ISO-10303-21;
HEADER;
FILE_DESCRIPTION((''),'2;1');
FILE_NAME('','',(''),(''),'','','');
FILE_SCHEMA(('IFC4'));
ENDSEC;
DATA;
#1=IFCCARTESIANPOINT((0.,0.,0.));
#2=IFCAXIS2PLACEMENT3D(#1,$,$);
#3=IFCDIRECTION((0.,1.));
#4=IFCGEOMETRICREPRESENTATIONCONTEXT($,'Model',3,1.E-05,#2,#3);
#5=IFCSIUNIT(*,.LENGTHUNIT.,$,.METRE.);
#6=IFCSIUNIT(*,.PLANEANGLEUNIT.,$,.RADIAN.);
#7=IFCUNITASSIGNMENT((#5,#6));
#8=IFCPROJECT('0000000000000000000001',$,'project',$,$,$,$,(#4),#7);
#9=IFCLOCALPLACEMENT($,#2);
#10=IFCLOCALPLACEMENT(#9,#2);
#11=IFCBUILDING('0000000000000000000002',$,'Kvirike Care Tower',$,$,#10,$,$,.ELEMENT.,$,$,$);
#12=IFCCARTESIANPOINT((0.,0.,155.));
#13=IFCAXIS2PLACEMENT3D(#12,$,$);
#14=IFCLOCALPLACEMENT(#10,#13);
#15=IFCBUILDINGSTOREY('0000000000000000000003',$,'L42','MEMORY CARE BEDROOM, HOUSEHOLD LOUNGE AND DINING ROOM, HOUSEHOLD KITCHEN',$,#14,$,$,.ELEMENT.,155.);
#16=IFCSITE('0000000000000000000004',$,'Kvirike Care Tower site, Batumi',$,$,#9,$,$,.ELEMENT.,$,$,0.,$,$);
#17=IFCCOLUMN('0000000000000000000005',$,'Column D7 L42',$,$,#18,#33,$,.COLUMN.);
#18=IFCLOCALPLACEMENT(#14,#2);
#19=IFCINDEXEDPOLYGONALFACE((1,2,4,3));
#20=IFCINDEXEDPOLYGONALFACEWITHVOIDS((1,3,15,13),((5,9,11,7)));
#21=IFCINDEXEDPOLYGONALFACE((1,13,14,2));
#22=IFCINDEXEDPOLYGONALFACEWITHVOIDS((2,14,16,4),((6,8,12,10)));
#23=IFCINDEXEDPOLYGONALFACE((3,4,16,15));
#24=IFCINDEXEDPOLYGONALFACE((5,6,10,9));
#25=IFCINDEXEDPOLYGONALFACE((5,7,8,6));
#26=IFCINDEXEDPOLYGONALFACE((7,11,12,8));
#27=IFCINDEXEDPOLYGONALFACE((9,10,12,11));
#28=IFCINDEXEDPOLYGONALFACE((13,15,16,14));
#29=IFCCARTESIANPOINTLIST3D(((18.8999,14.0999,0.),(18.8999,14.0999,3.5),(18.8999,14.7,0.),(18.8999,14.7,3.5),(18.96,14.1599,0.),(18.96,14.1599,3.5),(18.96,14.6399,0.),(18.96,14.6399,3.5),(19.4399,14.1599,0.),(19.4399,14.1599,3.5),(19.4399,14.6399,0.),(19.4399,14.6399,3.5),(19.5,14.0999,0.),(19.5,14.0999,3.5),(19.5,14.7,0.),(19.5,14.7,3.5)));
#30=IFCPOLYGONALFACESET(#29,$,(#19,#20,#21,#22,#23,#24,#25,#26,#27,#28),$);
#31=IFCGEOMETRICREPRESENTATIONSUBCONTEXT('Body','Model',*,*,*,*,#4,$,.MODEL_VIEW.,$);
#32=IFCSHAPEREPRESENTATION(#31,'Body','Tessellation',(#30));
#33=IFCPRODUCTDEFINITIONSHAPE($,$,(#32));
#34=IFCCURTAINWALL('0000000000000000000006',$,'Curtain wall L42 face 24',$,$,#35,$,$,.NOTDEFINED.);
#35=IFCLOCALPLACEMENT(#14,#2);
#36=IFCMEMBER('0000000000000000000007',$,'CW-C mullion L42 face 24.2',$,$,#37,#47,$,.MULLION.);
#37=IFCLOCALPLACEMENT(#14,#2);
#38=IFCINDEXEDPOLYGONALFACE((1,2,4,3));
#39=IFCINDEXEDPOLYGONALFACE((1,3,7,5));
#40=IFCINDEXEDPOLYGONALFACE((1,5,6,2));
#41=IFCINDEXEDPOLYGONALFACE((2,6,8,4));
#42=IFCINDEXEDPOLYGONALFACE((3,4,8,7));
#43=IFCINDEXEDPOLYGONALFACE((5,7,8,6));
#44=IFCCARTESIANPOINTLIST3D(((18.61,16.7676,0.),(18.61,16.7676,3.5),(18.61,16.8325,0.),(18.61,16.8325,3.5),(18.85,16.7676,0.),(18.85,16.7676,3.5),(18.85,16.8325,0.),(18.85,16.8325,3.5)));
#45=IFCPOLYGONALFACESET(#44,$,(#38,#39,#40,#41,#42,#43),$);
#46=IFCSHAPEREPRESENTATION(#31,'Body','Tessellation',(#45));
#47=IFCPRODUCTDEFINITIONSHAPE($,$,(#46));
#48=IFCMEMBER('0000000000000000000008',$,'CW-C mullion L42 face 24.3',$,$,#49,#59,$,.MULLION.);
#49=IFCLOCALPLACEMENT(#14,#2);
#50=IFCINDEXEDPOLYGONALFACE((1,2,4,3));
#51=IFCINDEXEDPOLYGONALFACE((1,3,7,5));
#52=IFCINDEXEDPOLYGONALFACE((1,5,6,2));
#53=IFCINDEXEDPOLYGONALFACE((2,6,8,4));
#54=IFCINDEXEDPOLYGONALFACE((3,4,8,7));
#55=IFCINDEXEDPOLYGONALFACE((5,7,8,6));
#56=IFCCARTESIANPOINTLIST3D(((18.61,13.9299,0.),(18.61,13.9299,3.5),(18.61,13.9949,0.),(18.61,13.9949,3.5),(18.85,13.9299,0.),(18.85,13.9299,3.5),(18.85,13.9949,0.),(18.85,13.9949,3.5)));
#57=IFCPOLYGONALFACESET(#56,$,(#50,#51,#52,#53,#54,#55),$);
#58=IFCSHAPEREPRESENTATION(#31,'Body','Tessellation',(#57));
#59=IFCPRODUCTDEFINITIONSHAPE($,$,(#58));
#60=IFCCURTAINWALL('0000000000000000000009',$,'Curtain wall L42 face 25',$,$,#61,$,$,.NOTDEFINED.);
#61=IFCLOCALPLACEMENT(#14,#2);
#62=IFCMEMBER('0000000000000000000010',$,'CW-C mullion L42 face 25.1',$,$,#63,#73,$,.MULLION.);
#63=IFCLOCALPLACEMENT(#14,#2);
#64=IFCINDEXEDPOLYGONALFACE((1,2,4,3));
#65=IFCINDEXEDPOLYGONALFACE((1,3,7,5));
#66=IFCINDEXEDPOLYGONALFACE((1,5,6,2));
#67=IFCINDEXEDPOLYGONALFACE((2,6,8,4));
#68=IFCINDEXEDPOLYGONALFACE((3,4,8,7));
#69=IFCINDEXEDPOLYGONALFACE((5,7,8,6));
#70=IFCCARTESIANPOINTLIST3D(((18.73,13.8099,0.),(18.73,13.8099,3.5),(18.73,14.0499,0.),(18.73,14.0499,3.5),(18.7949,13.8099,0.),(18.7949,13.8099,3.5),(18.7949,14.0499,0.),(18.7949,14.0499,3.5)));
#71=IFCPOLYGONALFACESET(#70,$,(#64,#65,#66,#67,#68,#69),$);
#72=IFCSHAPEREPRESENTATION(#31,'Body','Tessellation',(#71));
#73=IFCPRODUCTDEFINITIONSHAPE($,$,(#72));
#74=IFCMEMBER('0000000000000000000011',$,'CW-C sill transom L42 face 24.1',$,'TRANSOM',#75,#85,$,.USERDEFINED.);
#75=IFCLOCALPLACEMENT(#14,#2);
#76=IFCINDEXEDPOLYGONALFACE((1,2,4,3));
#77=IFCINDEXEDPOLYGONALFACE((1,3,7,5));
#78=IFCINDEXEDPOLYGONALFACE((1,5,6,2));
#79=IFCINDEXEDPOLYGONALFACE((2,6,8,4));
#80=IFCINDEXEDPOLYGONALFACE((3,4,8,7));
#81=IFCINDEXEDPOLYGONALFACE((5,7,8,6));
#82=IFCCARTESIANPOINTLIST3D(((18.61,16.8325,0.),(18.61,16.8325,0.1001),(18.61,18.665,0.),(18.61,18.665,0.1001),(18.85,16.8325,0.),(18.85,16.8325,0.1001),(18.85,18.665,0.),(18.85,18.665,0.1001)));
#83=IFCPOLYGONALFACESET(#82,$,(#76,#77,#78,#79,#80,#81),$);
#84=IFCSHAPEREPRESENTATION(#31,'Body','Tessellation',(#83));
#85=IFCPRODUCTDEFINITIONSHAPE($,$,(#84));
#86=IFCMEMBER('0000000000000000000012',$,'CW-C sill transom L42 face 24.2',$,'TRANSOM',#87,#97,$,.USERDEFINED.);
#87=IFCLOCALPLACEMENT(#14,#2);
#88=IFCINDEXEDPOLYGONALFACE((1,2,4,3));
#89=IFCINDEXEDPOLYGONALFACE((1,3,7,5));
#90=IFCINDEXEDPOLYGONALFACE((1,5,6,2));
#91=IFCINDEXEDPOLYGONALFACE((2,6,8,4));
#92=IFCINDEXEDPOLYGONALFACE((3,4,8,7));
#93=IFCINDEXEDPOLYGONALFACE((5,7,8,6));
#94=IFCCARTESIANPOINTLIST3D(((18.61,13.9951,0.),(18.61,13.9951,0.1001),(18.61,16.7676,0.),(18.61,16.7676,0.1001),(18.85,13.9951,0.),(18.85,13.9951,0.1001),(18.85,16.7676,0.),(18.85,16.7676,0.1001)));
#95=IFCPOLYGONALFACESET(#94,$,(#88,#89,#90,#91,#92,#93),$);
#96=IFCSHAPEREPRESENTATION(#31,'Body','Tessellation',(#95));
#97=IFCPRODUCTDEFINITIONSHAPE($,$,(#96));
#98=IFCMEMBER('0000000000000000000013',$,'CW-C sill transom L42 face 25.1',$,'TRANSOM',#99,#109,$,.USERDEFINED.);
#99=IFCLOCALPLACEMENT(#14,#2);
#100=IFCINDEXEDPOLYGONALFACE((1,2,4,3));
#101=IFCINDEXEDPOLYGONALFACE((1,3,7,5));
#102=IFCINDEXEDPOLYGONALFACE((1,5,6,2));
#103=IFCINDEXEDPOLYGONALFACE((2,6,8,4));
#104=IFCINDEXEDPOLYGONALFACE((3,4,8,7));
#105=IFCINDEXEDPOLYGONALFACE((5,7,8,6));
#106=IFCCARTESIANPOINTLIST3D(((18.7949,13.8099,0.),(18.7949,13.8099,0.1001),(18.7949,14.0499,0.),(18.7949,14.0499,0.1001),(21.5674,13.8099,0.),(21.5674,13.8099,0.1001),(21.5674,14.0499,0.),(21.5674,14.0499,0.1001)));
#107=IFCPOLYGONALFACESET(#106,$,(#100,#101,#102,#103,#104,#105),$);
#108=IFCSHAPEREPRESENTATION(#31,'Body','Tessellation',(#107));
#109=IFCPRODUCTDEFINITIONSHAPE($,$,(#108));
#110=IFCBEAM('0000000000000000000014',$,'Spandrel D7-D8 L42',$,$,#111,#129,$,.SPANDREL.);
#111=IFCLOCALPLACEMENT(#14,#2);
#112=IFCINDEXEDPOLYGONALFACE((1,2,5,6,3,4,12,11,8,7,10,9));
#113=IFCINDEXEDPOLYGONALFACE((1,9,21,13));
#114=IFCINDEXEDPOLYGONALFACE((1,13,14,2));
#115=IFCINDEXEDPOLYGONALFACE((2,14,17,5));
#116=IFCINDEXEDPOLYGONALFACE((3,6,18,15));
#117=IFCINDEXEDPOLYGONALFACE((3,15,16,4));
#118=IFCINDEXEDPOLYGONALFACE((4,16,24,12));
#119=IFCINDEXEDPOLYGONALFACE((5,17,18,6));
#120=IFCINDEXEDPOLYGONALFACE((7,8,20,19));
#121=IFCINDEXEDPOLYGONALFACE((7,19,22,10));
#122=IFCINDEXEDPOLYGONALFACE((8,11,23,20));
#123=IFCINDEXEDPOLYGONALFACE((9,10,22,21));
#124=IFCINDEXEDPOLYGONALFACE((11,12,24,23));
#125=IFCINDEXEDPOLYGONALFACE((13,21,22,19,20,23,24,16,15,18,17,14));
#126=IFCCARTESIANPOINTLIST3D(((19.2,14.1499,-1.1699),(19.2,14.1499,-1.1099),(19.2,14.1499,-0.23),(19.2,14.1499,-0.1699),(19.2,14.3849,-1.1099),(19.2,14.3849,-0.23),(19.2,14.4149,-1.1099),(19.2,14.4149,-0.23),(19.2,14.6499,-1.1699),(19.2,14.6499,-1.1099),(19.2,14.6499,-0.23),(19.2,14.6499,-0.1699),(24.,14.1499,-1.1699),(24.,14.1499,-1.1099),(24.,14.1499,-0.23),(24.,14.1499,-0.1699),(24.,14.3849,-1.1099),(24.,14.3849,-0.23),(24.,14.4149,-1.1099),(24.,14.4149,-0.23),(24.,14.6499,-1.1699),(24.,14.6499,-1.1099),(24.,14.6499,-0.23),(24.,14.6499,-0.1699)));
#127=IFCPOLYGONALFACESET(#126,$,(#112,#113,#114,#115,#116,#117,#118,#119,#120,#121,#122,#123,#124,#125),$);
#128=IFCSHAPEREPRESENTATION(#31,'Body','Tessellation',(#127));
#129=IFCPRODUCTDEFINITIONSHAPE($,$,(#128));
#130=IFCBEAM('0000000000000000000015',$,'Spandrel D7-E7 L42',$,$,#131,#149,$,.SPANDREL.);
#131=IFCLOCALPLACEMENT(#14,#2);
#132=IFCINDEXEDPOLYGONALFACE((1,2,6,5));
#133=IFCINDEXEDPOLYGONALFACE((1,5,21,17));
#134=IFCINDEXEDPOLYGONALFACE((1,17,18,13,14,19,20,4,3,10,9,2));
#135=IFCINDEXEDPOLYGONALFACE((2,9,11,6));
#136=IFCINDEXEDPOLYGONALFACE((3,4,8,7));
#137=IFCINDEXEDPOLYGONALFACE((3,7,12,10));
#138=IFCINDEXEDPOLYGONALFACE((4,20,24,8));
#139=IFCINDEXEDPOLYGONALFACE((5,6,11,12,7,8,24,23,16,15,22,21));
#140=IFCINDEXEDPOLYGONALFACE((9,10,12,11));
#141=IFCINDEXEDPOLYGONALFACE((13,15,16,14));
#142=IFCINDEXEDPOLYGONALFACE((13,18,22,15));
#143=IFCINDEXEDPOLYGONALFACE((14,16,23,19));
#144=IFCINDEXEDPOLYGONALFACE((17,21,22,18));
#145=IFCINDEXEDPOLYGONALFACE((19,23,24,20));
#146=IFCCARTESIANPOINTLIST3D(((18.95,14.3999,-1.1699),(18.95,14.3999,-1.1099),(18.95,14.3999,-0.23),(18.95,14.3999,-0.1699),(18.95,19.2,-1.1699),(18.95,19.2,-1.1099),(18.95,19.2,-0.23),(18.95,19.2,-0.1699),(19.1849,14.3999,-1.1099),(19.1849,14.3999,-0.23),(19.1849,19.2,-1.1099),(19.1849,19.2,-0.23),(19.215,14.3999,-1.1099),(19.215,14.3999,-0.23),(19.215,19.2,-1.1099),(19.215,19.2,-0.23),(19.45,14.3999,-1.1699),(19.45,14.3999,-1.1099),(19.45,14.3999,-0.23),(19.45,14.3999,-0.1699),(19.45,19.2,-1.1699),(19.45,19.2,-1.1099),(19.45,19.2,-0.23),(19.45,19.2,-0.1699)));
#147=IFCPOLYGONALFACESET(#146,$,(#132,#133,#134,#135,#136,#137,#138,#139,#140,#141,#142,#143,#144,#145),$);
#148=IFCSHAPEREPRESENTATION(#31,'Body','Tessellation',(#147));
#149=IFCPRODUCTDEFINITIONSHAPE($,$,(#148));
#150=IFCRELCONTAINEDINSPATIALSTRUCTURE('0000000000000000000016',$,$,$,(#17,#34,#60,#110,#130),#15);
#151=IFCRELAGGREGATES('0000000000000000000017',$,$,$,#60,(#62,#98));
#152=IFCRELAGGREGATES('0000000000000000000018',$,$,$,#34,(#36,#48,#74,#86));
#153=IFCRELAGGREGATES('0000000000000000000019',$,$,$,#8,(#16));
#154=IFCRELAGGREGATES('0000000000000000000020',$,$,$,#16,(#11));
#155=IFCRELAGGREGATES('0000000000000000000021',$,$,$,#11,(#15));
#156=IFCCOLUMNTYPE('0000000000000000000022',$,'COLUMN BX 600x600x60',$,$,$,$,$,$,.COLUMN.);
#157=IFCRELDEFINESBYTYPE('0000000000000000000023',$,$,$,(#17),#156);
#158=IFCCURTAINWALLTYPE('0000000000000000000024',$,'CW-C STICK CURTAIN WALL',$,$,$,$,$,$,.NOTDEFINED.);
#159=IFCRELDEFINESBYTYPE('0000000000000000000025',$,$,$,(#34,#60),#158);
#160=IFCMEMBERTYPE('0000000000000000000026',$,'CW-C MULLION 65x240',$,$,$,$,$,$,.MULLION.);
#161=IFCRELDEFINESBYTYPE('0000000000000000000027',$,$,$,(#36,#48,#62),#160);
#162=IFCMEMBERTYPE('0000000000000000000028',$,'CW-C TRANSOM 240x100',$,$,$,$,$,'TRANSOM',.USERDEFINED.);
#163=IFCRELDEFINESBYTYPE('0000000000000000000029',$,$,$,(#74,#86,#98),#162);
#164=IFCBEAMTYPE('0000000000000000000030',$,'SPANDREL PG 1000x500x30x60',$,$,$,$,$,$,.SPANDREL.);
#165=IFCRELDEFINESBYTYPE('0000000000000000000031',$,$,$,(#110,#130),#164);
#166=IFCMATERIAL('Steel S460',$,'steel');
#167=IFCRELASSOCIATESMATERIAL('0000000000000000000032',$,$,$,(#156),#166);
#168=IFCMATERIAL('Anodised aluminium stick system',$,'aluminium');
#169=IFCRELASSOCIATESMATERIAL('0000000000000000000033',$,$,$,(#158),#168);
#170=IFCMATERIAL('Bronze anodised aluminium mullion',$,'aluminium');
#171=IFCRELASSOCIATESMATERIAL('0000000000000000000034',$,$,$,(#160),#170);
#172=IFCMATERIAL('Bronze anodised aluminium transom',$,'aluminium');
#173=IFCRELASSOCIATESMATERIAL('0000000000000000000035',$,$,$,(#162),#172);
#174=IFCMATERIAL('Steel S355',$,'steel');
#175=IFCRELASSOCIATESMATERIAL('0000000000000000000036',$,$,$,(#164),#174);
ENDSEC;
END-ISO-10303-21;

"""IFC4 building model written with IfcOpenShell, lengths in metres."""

from ifc_helpers import new_model, si_unit, direction, frame, origin, origin_2d, place, context, subcontext, project, spatial, rectangle, hollow_rectangle, i_section, extrude, material, material_profile, profile_set, type_object, element, aggregate, save


model = new_model("IFC4")

# Units and contexts
model_context = context("Model", 3, precision=1e-05, world=origin(), true_north=direction((0.0, 1.0)))
body_context = subcontext(model_context, "Body", "Model", "MODEL_VIEW")
ifc_project = project(units=[si_unit("LENGTHUNIT", "METRE"), si_unit("PLANEANGLEUNIT", "RADIAN")], contexts=[model_context])

# Site, building, storey
site_placement = place(None, origin())
site = spatial("IfcSite", under=ifc_project, at=site_placement, Name="Kvirike Care Tower site, Batumi", CompositionType="ELEMENT", RefElevation=0.0)
building_placement = place(site_placement, origin())
building = spatial("IfcBuilding", under=site, at=building_placement, Name="Kvirike Care Tower", CompositionType="ELEMENT")
storey_placement = place(building_placement, frame((0.0, 0.0, 155.0)))
storey = spatial("IfcBuildingStorey", under=building, at=storey_placement, Name="L42", Description="MEMORY CARE BEDROOM, HOUSEHOLD LOUNGE AND DINING ROOM, HOUSEHOLD KITCHEN", CompositionType="ELEMENT", Elevation=155.0)

# Column
ifc_material_1 = material(Name="Steel S460", Category="steel")
ifc_material_profile_1 = material_profile(ifc_material_1, hollow_rectangle(XDim=0.6001, YDim=0.6001, WallThickness=0.0601, at=origin_2d()), Name="BX 600x600x60")
ifc_profile_set_1 = profile_set([ifc_material_profile_1], Name="Steel S460")
column_type = type_object("IfcColumnType", Name="COLUMN BX 600x600x60", PredefinedType="COLUMN", material=ifc_profile_set_1)
column_placement = place(storey_placement, frame((19.2, 14.3999, 0.0), z_axis=(0.0, 0.0, 1.0), x_axis=(0.0, 1.0, 0.0)))
element("IfcColumn", 1, at=column_placement, inside=storey, type_object=column_type, Name="Column D7 L42", PredefinedType="COLUMN", context=body_context, shape_type="SweptSolid", body=[
    extrude(hollow_rectangle(XDim=0.6001, YDim=0.6001, WallThickness=0.0601, at=origin_2d()), origin(), (0.0, 0.0, 1.0), 3.5),
])

# Curtain wall, members
ifc_material_2 = material(Name="Anodised aluminium stick system", Category="aluminium")
curtain_wall_type = type_object("IfcCurtainWallType", Name="CW-C STICK CURTAIN WALL", PredefinedType="NOTDEFINED", material=ifc_material_2)
curtain_wall_1_placement = place(storey_placement, origin())
curtain_wall_1 = element("IfcCurtainWall", 2, at=curtain_wall_1_placement, inside=storey, type_object=curtain_wall_type, Name="Curtain wall L42 face 24", PredefinedType="NOTDEFINED")
ifc_material_3 = material(Name="Bronze anodised aluminium mullion", Category="aluminium")
ifc_material_profile_2 = material_profile(ifc_material_3, rectangle(XDim=0.0649, YDim=0.24, at=origin_2d()), Name="CW-C MULLION 65x240")
ifc_profile_set_2 = profile_set([ifc_material_profile_2], Name="Bronze anodised aluminium mullion")
member_type_1 = type_object("IfcMemberType", Name="CW-C MULLION 65x240", PredefinedType="MULLION", material=ifc_profile_set_2)
member_1_placement = place(storey_placement, frame((18.73, 16.8, 0.0), z_axis=(0.0, 0.0, 1.0), x_axis=(0.0, -1.0, 0.0)))
member_1 = element("IfcMember", 3, at=member_1_placement, type_object=member_type_1, Name="CW-C mullion L42 face 24.2", PredefinedType="MULLION", context=body_context, shape_type="SweptSolid", body=[
    extrude(rectangle(XDim=0.0649, YDim=0.24, at=origin_2d()), origin(), (0.0, 0.0, 1.0), 3.5),
])
member_2_placement = place(storey_placement, frame((18.73, 13.9624, 0.0), z_axis=(0.0, 0.0, 1.0), x_axis=(0.0, -1.0, 0.0)))
member_2 = element("IfcMember", 4, at=member_2_placement, type_object=member_type_1, Name="CW-C mullion L42 face 24.3", PredefinedType="MULLION", context=body_context, shape_type="SweptSolid", body=[
    extrude(rectangle(XDim=0.0649, YDim=0.24, at=origin_2d()), origin(), (0.0, 0.0, 1.0), 3.5),
])

# Curtain wall, member
curtain_wall_2_placement = place(storey_placement, origin())
curtain_wall_2 = element("IfcCurtainWall", 5, at=curtain_wall_2_placement, inside=storey, type_object=curtain_wall_type, Name="Curtain wall L42 face 25", PredefinedType="NOTDEFINED")
member_3_placement = place(storey_placement, frame((18.7625, 13.9299, 0.0), z_axis=(0.0, 0.0, 1.0), x_axis=(1.0, 0.0, 0.0)))
member_3 = element("IfcMember", 6, at=member_3_placement, type_object=member_type_1, Name="CW-C mullion L42 face 25.1", PredefinedType="MULLION", context=body_context, shape_type="SweptSolid", body=[
    extrude(rectangle(XDim=0.0649, YDim=0.24, at=origin_2d()), origin(), (0.0, 0.0, 1.0), 3.5),
])

# Members
ifc_material_4 = material(Name="Bronze anodised aluminium transom", Category="aluminium")
ifc_material_profile_3 = material_profile(ifc_material_4, rectangle(XDim=0.24, YDim=0.1001, at=origin_2d()), Name="CW-C TRANSOM 240x100")
ifc_profile_set_3 = profile_set([ifc_material_profile_3], Name="Bronze anodised aluminium transom")
member_type_2 = type_object("IfcMemberType", Name="CW-C TRANSOM 240x100", ElementType="TRANSOM", PredefinedType="USERDEFINED", material=ifc_profile_set_3)
member_4_placement = place(storey_placement, frame((18.73, 18.665, 0.05), z_axis=(0.0, -1.0, 0.0), x_axis=(1.0, 0.0, 0.0)))
member_4 = element("IfcMember", 7, at=member_4_placement, type_object=member_type_2, Name="CW-C sill transom L42 face 24.1", ObjectType="TRANSOM", PredefinedType="USERDEFINED", context=body_context, shape_type="SweptSolid", body=[
    extrude(rectangle(XDim=0.24, YDim=0.1001, at=origin_2d()), origin(), (0.0, 0.0, 1.0), 1.8325),
])
member_5_placement = place(storey_placement, frame((18.73, 16.7676, 0.05), z_axis=(0.0, -1.0, 0.0), x_axis=(1.0, 0.0, 0.0)))
member_5 = element("IfcMember", 8, at=member_5_placement, type_object=member_type_2, Name="CW-C sill transom L42 face 24.2", ObjectType="TRANSOM", PredefinedType="USERDEFINED", context=body_context, shape_type="SweptSolid", body=[
    extrude(rectangle(XDim=0.24, YDim=0.1001, at=origin_2d()), origin(), (0.0, 0.0, 1.0), 2.7725),
])
member_6_placement = place(storey_placement, frame((18.7949, 13.9299, 0.05), z_axis=(1.0, 0.0, 0.0), x_axis=(0.0, 1.0, 0.0)))
member_6 = element("IfcMember", 9, at=member_6_placement, type_object=member_type_2, Name="CW-C sill transom L42 face 25.1", ObjectType="TRANSOM", PredefinedType="USERDEFINED", context=body_context, shape_type="SweptSolid", body=[
    extrude(rectangle(XDim=0.24, YDim=0.1001, at=origin_2d()), origin(), (0.0, 0.0, 1.0), 2.7725),
])
aggregate(curtain_wall_2, [member_3, member_6])

# Beams
ifc_material_5 = material(Name="Steel S355", Category="steel")
ifc_material_profile_4 = material_profile(ifc_material_5, i_section(OverallWidth=0.5, OverallDepth=1.0, WebThickness=0.03, FlangeThickness=0.0601, at=origin_2d()), Name="PG 1000x500x30x60")
ifc_profile_set_4 = profile_set([ifc_material_profile_4], Name="Steel S355")
beam_type = type_object("IfcBeamType", Name="SPANDREL PG 1000x500x30x60", PredefinedType="SPANDREL", material=ifc_profile_set_4)
for number, where, z_axis, x_axis, name in (
    (10, (19.2, 14.3999, -0.6699), (1.0, 0.0, 0.0), (0.0, 1.0, 0.0), "Spandrel D7-D8 L42"),
    (11, (19.2, 14.3999, -0.6699), (0.0, 1.0, 0.0), (-1.0, 0.0, 0.0), "Spandrel D7-E7 L42"),
):
    element("IfcBeam", number, at=place(storey_placement, frame(where, z_axis=z_axis, x_axis=x_axis)), inside=storey, type_object=beam_type, Name=name, PredefinedType="SPANDREL", context=body_context, shape_type="SweptSolid", body=[
        extrude(i_section(OverallWidth=0.5, OverallDepth=1.0, WebThickness=0.03, FlangeThickness=0.0601, at=origin_2d()), origin(), (0.0, 0.0, 1.0), 4.8),
    ])

aggregate(curtain_wall_1, [member_1, member_2, member_4, member_5])

save(model, "model.ifc")
